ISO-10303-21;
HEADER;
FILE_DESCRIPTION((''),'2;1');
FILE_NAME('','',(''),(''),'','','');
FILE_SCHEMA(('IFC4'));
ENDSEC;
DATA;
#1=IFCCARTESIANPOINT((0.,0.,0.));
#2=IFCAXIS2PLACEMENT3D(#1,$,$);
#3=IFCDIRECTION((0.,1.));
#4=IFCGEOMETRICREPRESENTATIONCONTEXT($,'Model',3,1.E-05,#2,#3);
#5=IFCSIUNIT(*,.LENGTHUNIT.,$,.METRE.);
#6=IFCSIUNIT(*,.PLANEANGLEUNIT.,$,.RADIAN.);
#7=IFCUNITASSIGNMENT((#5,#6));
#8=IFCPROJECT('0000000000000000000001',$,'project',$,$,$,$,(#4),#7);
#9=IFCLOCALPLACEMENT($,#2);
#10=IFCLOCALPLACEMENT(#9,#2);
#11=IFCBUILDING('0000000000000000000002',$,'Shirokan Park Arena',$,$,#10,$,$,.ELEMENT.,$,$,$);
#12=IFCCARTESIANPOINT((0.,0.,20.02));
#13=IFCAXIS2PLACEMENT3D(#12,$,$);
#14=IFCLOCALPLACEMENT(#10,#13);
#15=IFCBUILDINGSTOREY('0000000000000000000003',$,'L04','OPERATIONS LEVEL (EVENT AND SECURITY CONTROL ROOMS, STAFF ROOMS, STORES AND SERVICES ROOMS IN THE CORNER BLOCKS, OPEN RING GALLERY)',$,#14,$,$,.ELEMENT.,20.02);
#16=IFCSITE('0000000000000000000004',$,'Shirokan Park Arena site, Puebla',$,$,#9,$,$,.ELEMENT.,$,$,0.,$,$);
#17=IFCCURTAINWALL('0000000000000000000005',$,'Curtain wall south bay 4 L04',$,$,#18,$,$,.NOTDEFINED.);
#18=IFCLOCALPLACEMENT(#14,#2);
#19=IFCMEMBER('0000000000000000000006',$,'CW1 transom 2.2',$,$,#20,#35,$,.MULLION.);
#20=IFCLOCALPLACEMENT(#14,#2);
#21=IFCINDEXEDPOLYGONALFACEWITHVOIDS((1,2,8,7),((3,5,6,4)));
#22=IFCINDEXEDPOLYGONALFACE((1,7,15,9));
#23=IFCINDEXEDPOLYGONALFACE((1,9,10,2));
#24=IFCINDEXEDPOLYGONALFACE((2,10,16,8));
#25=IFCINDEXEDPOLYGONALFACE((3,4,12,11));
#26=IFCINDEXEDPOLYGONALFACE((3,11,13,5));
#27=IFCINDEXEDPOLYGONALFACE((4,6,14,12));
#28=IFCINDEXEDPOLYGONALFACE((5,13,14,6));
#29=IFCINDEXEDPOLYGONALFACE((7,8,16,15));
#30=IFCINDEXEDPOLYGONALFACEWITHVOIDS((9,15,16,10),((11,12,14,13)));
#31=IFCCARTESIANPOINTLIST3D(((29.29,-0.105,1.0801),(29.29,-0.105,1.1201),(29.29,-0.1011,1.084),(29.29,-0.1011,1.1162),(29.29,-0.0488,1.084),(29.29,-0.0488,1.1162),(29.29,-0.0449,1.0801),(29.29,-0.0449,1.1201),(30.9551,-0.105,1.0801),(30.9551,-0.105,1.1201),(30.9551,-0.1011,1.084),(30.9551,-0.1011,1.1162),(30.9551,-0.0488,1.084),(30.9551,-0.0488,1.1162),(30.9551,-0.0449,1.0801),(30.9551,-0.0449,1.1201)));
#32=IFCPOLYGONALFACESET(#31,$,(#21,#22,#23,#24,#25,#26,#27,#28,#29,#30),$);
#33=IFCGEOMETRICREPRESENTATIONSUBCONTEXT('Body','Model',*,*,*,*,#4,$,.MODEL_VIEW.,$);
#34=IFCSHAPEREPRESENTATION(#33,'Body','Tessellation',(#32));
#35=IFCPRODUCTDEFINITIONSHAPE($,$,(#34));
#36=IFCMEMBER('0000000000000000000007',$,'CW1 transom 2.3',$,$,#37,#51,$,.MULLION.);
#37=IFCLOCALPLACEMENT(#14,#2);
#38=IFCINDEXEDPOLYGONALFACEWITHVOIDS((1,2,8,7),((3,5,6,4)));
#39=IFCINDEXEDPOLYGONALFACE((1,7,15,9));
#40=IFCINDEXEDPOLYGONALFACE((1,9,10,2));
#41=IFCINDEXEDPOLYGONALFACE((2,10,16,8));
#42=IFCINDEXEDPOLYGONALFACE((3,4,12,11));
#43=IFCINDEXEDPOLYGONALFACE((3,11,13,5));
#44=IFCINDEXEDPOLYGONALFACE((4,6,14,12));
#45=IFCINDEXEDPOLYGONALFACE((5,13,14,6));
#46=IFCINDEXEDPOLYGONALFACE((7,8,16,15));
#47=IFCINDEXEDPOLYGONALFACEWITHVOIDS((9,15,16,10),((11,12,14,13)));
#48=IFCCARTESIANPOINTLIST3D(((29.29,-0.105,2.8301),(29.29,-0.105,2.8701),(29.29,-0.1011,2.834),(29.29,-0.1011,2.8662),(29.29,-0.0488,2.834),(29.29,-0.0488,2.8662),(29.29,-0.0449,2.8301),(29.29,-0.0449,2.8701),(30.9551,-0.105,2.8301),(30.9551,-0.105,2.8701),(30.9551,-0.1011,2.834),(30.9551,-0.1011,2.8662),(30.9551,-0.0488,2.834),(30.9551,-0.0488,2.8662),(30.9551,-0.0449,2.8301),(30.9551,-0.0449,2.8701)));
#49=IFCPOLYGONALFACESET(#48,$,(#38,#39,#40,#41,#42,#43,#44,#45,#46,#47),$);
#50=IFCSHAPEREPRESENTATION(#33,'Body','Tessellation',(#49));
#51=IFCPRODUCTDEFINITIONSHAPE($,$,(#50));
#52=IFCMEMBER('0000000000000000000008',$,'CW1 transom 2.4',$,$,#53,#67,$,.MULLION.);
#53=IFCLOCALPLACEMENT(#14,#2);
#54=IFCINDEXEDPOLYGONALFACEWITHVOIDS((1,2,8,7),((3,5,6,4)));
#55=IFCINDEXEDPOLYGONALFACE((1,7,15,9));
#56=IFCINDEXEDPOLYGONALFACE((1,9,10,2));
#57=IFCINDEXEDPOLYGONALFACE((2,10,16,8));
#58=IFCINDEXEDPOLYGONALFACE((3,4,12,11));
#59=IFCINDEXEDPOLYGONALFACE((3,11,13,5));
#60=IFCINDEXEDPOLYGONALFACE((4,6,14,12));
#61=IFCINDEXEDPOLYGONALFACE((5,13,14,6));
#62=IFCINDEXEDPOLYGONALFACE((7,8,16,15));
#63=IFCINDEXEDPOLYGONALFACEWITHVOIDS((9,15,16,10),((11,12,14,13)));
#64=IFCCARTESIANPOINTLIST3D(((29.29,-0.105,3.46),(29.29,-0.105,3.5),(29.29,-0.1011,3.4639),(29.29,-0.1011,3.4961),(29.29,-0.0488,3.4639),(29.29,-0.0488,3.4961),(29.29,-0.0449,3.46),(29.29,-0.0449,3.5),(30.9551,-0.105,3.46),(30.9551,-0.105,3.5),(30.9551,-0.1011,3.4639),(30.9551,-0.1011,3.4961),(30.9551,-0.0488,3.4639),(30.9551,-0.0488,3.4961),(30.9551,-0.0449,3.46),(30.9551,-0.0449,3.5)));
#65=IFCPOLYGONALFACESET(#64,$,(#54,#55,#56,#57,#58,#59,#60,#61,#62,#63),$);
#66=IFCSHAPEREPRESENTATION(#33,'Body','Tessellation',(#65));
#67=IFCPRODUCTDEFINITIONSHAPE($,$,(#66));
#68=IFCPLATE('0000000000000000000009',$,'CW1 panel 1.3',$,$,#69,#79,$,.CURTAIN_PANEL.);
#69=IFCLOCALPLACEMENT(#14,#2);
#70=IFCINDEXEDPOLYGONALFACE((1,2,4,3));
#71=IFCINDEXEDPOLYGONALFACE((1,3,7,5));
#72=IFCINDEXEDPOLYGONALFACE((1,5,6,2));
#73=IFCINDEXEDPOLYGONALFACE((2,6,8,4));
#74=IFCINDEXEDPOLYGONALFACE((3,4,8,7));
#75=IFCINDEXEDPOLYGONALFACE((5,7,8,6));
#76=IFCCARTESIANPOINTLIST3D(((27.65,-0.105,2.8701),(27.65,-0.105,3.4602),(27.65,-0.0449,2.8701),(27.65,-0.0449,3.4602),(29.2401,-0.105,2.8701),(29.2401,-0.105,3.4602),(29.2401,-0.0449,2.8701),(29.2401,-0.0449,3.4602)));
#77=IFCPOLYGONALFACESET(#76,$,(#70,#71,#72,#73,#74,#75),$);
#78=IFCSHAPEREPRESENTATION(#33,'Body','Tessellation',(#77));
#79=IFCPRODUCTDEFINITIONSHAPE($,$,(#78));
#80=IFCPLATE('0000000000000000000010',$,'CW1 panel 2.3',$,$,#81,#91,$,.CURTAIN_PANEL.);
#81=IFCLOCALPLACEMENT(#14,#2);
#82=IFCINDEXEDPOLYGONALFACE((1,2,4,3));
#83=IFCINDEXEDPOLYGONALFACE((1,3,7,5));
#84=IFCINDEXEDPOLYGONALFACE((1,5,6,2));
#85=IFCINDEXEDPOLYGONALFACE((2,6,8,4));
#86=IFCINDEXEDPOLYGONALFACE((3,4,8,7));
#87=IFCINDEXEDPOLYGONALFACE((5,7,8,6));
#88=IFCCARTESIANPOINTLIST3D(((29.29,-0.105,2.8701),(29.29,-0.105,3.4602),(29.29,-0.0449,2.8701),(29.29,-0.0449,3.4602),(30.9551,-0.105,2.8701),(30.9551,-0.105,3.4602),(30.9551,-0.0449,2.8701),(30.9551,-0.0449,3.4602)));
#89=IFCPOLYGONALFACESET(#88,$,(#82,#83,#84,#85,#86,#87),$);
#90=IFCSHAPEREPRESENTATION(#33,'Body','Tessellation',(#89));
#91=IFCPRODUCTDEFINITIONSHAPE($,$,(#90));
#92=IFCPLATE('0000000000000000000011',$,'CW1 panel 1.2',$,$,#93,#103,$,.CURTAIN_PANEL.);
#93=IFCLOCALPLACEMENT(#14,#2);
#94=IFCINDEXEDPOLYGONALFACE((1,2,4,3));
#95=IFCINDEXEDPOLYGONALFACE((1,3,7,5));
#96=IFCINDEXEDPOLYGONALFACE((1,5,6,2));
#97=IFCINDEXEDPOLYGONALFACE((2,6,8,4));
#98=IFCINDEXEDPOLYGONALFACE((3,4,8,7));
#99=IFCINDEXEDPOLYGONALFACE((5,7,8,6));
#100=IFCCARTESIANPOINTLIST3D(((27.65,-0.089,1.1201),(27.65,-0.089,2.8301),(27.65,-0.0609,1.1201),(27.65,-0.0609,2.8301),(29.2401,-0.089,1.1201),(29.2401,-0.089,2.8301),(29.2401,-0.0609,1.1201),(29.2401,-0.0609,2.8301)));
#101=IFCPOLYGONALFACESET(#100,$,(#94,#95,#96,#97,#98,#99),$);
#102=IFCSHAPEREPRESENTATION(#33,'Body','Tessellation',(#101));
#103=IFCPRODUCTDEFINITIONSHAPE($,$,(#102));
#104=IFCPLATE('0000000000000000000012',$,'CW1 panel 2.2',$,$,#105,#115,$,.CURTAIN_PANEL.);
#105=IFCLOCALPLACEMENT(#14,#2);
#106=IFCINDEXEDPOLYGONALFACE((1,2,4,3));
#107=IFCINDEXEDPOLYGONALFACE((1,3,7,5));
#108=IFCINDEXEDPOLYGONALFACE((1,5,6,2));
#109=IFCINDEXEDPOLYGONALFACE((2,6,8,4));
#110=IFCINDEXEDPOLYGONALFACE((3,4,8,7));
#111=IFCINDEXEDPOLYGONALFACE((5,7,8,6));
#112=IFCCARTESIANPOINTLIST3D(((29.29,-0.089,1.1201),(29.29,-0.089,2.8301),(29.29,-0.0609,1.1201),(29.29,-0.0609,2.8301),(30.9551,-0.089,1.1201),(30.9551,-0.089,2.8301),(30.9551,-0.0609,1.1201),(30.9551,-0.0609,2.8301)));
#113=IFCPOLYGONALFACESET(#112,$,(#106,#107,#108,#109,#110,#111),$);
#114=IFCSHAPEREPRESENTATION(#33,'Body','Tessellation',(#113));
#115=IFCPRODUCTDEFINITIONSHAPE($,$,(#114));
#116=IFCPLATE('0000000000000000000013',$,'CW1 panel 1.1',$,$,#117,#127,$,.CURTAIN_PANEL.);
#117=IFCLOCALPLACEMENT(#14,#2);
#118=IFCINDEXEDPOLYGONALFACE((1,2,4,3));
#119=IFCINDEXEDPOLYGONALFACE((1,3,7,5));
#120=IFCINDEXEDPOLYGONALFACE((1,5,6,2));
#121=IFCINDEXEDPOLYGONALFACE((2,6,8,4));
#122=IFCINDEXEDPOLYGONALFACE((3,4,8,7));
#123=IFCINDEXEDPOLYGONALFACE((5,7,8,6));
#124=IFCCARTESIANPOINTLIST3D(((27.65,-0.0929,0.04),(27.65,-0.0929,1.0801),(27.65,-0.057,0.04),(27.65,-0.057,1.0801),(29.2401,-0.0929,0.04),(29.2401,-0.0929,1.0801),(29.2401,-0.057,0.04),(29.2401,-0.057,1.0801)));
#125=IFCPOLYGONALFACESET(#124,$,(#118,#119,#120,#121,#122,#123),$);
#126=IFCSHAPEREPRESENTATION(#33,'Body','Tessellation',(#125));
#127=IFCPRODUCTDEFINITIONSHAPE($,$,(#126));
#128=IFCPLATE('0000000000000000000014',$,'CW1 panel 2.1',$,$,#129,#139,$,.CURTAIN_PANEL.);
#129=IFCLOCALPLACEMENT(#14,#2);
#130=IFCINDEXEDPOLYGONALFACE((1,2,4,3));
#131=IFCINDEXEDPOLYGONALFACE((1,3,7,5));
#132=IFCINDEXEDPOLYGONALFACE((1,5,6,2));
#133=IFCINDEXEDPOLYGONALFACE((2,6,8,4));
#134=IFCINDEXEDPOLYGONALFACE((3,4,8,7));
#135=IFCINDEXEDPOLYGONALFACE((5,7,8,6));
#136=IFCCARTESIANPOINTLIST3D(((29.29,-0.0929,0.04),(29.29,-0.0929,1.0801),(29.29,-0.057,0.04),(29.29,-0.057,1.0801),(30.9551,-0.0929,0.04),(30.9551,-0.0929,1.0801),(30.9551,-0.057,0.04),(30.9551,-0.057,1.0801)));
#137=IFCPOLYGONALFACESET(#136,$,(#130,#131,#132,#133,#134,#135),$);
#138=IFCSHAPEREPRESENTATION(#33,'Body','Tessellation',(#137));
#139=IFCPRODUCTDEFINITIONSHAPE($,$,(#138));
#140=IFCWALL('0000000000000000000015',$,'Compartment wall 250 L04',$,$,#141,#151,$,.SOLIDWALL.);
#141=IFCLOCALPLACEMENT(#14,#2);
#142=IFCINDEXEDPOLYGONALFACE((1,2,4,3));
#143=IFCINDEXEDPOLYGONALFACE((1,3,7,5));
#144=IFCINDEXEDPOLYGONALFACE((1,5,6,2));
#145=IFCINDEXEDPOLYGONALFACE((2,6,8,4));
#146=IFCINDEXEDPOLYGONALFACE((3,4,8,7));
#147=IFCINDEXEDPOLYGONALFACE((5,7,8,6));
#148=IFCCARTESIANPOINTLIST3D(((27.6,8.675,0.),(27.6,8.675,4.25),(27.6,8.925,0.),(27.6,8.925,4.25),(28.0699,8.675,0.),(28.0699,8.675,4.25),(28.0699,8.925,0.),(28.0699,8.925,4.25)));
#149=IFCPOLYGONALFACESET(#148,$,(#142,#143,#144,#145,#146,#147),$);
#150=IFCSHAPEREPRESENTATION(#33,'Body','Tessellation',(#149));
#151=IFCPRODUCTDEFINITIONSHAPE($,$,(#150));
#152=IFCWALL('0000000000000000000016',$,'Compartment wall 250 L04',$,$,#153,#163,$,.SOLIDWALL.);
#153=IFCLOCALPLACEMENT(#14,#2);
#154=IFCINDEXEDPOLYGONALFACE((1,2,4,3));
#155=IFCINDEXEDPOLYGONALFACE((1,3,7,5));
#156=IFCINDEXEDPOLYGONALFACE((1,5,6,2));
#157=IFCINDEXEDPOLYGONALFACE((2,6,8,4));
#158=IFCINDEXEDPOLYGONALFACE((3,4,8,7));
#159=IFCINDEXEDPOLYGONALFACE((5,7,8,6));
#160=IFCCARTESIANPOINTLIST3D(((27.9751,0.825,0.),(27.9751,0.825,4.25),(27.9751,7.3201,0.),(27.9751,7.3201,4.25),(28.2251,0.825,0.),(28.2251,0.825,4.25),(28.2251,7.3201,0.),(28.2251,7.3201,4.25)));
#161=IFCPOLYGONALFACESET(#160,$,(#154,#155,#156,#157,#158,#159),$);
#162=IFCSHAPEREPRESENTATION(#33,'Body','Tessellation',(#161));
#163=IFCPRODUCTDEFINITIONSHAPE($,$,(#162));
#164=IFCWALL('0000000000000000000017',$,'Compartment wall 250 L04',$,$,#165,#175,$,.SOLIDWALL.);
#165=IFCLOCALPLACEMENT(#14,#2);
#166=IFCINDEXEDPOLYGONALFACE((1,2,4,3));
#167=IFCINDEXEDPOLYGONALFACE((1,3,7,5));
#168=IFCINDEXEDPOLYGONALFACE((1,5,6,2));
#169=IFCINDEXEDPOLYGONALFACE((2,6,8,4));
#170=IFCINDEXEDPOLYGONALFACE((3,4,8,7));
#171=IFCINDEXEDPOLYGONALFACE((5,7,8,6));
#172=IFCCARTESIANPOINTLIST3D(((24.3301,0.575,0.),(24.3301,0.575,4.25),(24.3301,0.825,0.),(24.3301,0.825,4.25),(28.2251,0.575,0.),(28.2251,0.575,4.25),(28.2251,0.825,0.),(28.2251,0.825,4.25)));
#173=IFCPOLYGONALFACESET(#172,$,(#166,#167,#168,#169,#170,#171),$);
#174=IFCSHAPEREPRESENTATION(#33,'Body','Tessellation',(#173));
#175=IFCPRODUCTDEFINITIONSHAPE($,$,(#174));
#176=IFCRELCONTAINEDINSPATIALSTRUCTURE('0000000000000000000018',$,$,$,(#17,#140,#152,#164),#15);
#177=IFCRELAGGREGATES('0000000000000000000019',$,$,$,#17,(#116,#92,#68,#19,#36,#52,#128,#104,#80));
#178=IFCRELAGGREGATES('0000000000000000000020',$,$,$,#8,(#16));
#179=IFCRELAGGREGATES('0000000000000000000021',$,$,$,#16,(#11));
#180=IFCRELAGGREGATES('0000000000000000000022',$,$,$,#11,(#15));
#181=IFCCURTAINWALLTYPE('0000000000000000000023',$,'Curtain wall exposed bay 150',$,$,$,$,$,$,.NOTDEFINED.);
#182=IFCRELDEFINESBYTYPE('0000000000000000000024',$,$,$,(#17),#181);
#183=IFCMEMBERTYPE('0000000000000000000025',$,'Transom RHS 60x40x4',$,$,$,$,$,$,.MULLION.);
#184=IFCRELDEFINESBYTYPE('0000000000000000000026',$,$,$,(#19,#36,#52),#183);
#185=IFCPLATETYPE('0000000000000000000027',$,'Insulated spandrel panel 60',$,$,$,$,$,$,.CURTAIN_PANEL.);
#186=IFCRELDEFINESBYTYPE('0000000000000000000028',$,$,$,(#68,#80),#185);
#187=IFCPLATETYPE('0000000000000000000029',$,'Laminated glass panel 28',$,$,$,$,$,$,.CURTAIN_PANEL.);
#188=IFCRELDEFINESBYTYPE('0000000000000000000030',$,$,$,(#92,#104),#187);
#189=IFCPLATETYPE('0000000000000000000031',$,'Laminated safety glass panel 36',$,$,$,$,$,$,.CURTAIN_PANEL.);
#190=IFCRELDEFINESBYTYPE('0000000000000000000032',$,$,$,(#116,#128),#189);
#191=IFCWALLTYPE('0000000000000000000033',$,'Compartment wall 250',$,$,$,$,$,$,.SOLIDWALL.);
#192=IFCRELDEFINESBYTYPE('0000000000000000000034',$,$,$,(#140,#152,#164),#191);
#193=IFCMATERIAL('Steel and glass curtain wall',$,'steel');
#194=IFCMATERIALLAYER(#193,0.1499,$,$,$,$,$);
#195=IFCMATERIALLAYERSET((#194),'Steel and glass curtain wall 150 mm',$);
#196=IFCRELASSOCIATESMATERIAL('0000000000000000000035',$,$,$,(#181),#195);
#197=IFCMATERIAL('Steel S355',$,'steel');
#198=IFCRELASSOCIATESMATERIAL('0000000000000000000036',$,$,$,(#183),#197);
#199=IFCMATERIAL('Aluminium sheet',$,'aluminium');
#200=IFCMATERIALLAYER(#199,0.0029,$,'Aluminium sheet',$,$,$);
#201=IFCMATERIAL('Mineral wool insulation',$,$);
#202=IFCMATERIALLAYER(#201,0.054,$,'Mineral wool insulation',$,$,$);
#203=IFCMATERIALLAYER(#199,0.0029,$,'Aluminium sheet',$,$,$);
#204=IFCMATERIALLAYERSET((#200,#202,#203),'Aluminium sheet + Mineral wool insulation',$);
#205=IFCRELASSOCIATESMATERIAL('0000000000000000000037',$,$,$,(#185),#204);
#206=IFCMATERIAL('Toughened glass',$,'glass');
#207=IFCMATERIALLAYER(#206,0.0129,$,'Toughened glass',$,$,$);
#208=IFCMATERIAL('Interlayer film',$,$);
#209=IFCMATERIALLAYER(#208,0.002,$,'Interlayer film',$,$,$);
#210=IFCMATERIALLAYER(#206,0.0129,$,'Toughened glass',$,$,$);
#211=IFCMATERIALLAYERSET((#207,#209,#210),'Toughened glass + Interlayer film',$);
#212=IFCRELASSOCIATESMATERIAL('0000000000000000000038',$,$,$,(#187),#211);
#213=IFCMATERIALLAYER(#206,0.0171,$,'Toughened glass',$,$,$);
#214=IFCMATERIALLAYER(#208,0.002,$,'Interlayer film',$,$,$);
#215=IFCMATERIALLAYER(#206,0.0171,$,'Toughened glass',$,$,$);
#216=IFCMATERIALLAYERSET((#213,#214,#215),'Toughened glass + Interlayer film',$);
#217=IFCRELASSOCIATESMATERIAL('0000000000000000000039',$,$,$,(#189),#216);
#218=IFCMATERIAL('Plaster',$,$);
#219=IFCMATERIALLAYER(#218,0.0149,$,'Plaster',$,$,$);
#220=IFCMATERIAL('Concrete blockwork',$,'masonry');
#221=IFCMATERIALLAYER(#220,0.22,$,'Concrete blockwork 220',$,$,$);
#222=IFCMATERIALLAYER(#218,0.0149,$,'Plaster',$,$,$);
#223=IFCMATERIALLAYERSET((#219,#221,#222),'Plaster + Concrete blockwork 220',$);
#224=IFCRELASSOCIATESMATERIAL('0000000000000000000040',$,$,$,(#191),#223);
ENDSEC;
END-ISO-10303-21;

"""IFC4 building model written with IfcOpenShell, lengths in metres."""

from ifc_helpers import new_model, si_unit, direction, frame, frame_2d, origin, origin_2d, place, context, subcontext, project, spatial, rectangle, hollow_rectangle, extrude, material, layer, layer_set, material_profile, profile_set, type_object, element, aggregate, save


model = new_model("IFC4")

# Units and contexts
model_context = context("Model", 3, precision=1e-05, world=origin(), true_north=direction((0.0, 1.0)))
body_context = subcontext(model_context, "Body", "Model", "MODEL_VIEW")
ifc_project = project(units=[si_unit("LENGTHUNIT", "METRE"), si_unit("PLANEANGLEUNIT", "RADIAN")], contexts=[model_context])

# Site, building, storey
site_placement = place(None, origin())
site = spatial("IfcSite", under=ifc_project, at=site_placement, Name="Shirokan Park Arena site, Puebla", CompositionType="ELEMENT", RefElevation=0.0)
building_placement = place(site_placement, origin())
building = spatial("IfcBuilding", under=site, at=building_placement, Name="Shirokan Park Arena", CompositionType="ELEMENT")
storey_placement = place(building_placement, frame((0.0, 0.0, 20.02)))
storey = spatial("IfcBuildingStorey", under=building, at=storey_placement, Name="L04", Description="OPERATIONS LEVEL (EVENT AND SECURITY CONTROL ROOMS, STAFF ROOMS, STORES AND SERVICES ROOMS IN THE CORNER BLOCKS, OPEN RING GALLERY)", CompositionType="ELEMENT", Elevation=20.02)

# Curtain wall
ifc_material_1 = material(Name="Steel and glass curtain wall", Category="steel")
ifc_layer_1 = layer(ifc_material_1, 0.1499)
ifc_layer_set_1 = layer_set([ifc_layer_1], Name="Steel and glass curtain wall 150 mm")
curtain_wall_type = type_object("IfcCurtainWallType", Name="Curtain wall exposed bay 150", PredefinedType="NOTDEFINED", material=ifc_layer_set_1)
curtain_wall_placement = place(storey_placement, origin())
curtain_wall = element("IfcCurtainWall", 1, at=curtain_wall_placement, inside=storey, type_object=curtain_wall_type, Name="Curtain wall south bay 4 L04", PredefinedType="NOTDEFINED")
ifc_material_2 = material(Name="Steel S355", Category="steel")

# Members
ifc_material_profile_1 = material_profile(ifc_material_2, hollow_rectangle(XDim=0.0601, YDim=0.04, WallThickness=0.0039, at=origin_2d()), Name="RHS 60x40x4")
ifc_profile_set_1 = profile_set([ifc_material_profile_1], Name="Steel S355")
member_type_1 = type_object("IfcMemberType", Name="Transom RHS 60x40x4", PredefinedType="MULLION", material=ifc_profile_set_1)
member_1_placement = place(storey_placement, frame((29.29, -0.075, 1.1001), z_axis=(1.0, 0.0, 0.0), x_axis=(0.0, 1.0, 0.0)))
member_1 = element("IfcMember", 2, at=member_1_placement, type_object=member_type_1, Name="CW1 transom 2.2", PredefinedType="MULLION", context=body_context, shape_type="SweptSolid", body=[
    extrude(hollow_rectangle(XDim=0.0601, YDim=0.04, WallThickness=0.0039, at=origin_2d()), origin(), (0.0, 0.0, 1.0), 1.665),
])
member_2_placement = place(storey_placement, frame((29.29, -0.075, 2.8501), z_axis=(1.0, 0.0, 0.0), x_axis=(0.0, 1.0, 0.0)))
member_2 = element("IfcMember", 3, at=member_2_placement, type_object=member_type_1, Name="CW1 transom 2.3", PredefinedType="MULLION", context=body_context, shape_type="SweptSolid", body=[
    extrude(hollow_rectangle(XDim=0.0601, YDim=0.04, WallThickness=0.0039, at=origin_2d()), origin(), (0.0, 0.0, 1.0), 1.665),
])
member_3_placement = place(storey_placement, frame((29.29, -0.075, 3.48), z_axis=(1.0, 0.0, 0.0), x_axis=(0.0, 1.0, 0.0)))
member_3 = element("IfcMember", 4, at=member_3_placement, type_object=member_type_1, Name="CW1 transom 2.4", PredefinedType="MULLION", context=body_context, shape_type="SweptSolid", body=[
    extrude(hollow_rectangle(XDim=0.0601, YDim=0.04, WallThickness=0.0039, at=origin_2d()), origin(), (0.0, 0.0, 1.0), 1.665),
])

# Plates
ifc_material_3 = material(Name="Aluminium sheet", Category="aluminium")
ifc_layer_2 = layer(ifc_material_3, 0.0029, Name="Aluminium sheet")
ifc_material_4 = material(Name="Mineral wool insulation")
ifc_layer_3 = layer(ifc_material_4, 0.054, Name="Mineral wool insulation")
ifc_layer_4 = layer(ifc_material_3, 0.0029, Name="Aluminium sheet")
ifc_layer_set_2 = layer_set([ifc_layer_2, ifc_layer_3, ifc_layer_4], Name="Aluminium sheet + Mineral wool insulation")
plate_type_1 = type_object("IfcPlateType", Name="Insulated spandrel panel 60", PredefinedType="CURTAIN_PANEL", material=ifc_layer_set_2)
plate_1_placement = place(storey_placement, frame((28.4451, -0.075, 2.8701), z_axis=(0.0, 0.0, 1.0), x_axis=(1.0, 0.0, 0.0)))
plate_1 = element("IfcPlate", 5, at=plate_1_placement, type_object=plate_type_1, Name="CW1 panel 1.3", PredefinedType="CURTAIN_PANEL", context=body_context, shape_type="SweptSolid", body=[
    extrude(rectangle(XDim=1.5901, YDim=0.0601, at=origin_2d()), origin(), (0.0, 0.0, 1.0), 0.5901),
])
plate_2_placement = place(storey_placement, frame((30.1226, -0.075, 2.8701), z_axis=(0.0, 0.0, 1.0), x_axis=(1.0, 0.0, 0.0)))
plate_2 = element("IfcPlate", 6, at=plate_2_placement, type_object=plate_type_1, Name="CW1 panel 2.3", PredefinedType="CURTAIN_PANEL", context=body_context, shape_type="SweptSolid", body=[
    extrude(rectangle(XDim=1.665, YDim=0.0601, at=origin_2d()), origin(), (0.0, 0.0, 1.0), 0.5901),
])
ifc_material_5 = material(Name="Toughened glass", Category="glass")
ifc_layer_5 = layer(ifc_material_5, 0.0129, Name="Toughened glass")
ifc_material_6 = material(Name="Interlayer film")
ifc_layer_6 = layer(ifc_material_6, 0.002, Name="Interlayer film")
ifc_layer_7 = layer(ifc_material_5, 0.0129, Name="Toughened glass")
ifc_layer_set_3 = layer_set([ifc_layer_5, ifc_layer_6, ifc_layer_7], Name="Toughened glass + Interlayer film")
plate_type_2 = type_object("IfcPlateType", Name="Laminated glass panel 28", PredefinedType="CURTAIN_PANEL", material=ifc_layer_set_3)
plate_3_placement = place(storey_placement, frame((28.4451, -0.075, 1.1201), z_axis=(0.0, 0.0, 1.0), x_axis=(1.0, 0.0, 0.0)))
plate_3 = element("IfcPlate", 7, at=plate_3_placement, type_object=plate_type_2, Name="CW1 panel 1.2", PredefinedType="CURTAIN_PANEL", context=body_context, shape_type="SweptSolid", body=[
    extrude(rectangle(XDim=1.5901, YDim=0.0281, at=origin_2d()), origin(), (0.0, 0.0, 1.0), 1.71),
])
plate_4_placement = place(storey_placement, frame((30.1226, -0.075, 1.1201), z_axis=(0.0, 0.0, 1.0), x_axis=(1.0, 0.0, 0.0)))
plate_4 = element("IfcPlate", 8, at=plate_4_placement, type_object=plate_type_2, Name="CW1 panel 2.2", PredefinedType="CURTAIN_PANEL", context=body_context, shape_type="SweptSolid", body=[
    extrude(rectangle(XDim=1.665, YDim=0.0281, at=origin_2d()), origin(), (0.0, 0.0, 1.0), 1.71),
])
ifc_layer_8 = layer(ifc_material_5, 0.0171, Name="Toughened glass")
ifc_layer_9 = layer(ifc_material_6, 0.002, Name="Interlayer film")
ifc_layer_10 = layer(ifc_material_5, 0.0171, Name="Toughened glass")
ifc_layer_set_4 = layer_set([ifc_layer_8, ifc_layer_9, ifc_layer_10], Name="Toughened glass + Interlayer film")
plate_type_3 = type_object("IfcPlateType", Name="Laminated safety glass panel 36", PredefinedType="CURTAIN_PANEL", material=ifc_layer_set_4)
plate_5_placement = place(storey_placement, frame((28.4451, -0.075, 0.04), z_axis=(0.0, 0.0, 1.0), x_axis=(1.0, 0.0, 0.0)))
plate_5 = element("IfcPlate", 9, at=plate_5_placement, type_object=plate_type_3, Name="CW1 panel 1.1", PredefinedType="CURTAIN_PANEL", context=body_context, shape_type="SweptSolid", body=[
    extrude(rectangle(XDim=1.5901, YDim=0.0359, at=origin_2d()), origin(), (0.0, 0.0, 1.0), 1.04),
])
plate_6_placement = place(storey_placement, frame((30.1226, -0.075, 0.04), z_axis=(0.0, 0.0, 1.0), x_axis=(1.0, 0.0, 0.0)))
plate_6 = element("IfcPlate", 10, at=plate_6_placement, type_object=plate_type_3, Name="CW1 panel 2.1", PredefinedType="CURTAIN_PANEL", context=body_context, shape_type="SweptSolid", body=[
    extrude(rectangle(XDim=1.665, YDim=0.0359, at=origin_2d()), origin(), (0.0, 0.0, 1.0), 1.04),
])
aggregate(curtain_wall, [plate_5, plate_3, plate_1, member_1, member_2, member_3, plate_6, plate_4, plate_2])

# Walls
ifc_material_7 = material(Name="Plaster")
ifc_layer_11 = layer(ifc_material_7, 0.0149, Name="Plaster")
ifc_material_8 = material(Name="Concrete blockwork", Category="masonry")
ifc_layer_12 = layer(ifc_material_8, 0.22, Name="Concrete blockwork 220")
ifc_layer_13 = layer(ifc_material_7, 0.0149, Name="Plaster")
ifc_layer_set_5 = layer_set([ifc_layer_11, ifc_layer_12, ifc_layer_13], Name="Plaster + Concrete blockwork 220")
wall_type_1 = type_object("IfcWallType", Name="Compartment wall 250", PredefinedType="SOLIDWALL", material=ifc_layer_set_5)
wall_1_placement = place(storey_placement, frame((27.6001, 8.8, 0.0), z_axis=(0.0, 0.0, 1.0), x_axis=(1.0, 0.0, 0.0)))
element("IfcWall", 11, at=wall_1_placement, inside=storey, type_object=wall_type_1, Name="Compartment wall 250 L04", PredefinedType="SOLIDWALL", context=body_context, shape_type="SweptSolid", body=[
    extrude(rectangle(XDim=0.47, YDim=0.25, at=frame_2d((0.2349, 0.0))), origin(), (0.0, 0.0, 1.0), 4.25),
])
wall_2_placement = place(storey_placement, frame((28.1001, 7.3201, 0.0), z_axis=(0.0, 0.0, 1.0), x_axis=(0.0, -1.0, 0.0)))
element("IfcWall", 12, at=wall_2_placement, inside=storey, type_object=wall_type_1, Name="Compartment wall 250 L04", PredefinedType="SOLIDWALL", context=body_context, shape_type="SweptSolid", body=[
    extrude(rectangle(XDim=6.4951, YDim=0.25, at=frame_2d((3.2476, 0.0))), origin(), (0.0, 0.0, 1.0), 4.25),
])
wall_3_placement = place(storey_placement, frame((28.2251, 0.7, 0.0), z_axis=(0.0, 0.0, 1.0), x_axis=(-1.0, 0.0, 0.0)))
element("IfcWall", 13, at=wall_3_placement, inside=storey, type_object=wall_type_1, Name="Compartment wall 250 L04", PredefinedType="SOLIDWALL", context=body_context, shape_type="SweptSolid", body=[
    extrude(rectangle(XDim=3.895, YDim=0.25, at=frame_2d((1.9475, 0.0))), origin(), (0.0, 0.0, 1.0), 4.25),
])

save(model, "model.ifc")
